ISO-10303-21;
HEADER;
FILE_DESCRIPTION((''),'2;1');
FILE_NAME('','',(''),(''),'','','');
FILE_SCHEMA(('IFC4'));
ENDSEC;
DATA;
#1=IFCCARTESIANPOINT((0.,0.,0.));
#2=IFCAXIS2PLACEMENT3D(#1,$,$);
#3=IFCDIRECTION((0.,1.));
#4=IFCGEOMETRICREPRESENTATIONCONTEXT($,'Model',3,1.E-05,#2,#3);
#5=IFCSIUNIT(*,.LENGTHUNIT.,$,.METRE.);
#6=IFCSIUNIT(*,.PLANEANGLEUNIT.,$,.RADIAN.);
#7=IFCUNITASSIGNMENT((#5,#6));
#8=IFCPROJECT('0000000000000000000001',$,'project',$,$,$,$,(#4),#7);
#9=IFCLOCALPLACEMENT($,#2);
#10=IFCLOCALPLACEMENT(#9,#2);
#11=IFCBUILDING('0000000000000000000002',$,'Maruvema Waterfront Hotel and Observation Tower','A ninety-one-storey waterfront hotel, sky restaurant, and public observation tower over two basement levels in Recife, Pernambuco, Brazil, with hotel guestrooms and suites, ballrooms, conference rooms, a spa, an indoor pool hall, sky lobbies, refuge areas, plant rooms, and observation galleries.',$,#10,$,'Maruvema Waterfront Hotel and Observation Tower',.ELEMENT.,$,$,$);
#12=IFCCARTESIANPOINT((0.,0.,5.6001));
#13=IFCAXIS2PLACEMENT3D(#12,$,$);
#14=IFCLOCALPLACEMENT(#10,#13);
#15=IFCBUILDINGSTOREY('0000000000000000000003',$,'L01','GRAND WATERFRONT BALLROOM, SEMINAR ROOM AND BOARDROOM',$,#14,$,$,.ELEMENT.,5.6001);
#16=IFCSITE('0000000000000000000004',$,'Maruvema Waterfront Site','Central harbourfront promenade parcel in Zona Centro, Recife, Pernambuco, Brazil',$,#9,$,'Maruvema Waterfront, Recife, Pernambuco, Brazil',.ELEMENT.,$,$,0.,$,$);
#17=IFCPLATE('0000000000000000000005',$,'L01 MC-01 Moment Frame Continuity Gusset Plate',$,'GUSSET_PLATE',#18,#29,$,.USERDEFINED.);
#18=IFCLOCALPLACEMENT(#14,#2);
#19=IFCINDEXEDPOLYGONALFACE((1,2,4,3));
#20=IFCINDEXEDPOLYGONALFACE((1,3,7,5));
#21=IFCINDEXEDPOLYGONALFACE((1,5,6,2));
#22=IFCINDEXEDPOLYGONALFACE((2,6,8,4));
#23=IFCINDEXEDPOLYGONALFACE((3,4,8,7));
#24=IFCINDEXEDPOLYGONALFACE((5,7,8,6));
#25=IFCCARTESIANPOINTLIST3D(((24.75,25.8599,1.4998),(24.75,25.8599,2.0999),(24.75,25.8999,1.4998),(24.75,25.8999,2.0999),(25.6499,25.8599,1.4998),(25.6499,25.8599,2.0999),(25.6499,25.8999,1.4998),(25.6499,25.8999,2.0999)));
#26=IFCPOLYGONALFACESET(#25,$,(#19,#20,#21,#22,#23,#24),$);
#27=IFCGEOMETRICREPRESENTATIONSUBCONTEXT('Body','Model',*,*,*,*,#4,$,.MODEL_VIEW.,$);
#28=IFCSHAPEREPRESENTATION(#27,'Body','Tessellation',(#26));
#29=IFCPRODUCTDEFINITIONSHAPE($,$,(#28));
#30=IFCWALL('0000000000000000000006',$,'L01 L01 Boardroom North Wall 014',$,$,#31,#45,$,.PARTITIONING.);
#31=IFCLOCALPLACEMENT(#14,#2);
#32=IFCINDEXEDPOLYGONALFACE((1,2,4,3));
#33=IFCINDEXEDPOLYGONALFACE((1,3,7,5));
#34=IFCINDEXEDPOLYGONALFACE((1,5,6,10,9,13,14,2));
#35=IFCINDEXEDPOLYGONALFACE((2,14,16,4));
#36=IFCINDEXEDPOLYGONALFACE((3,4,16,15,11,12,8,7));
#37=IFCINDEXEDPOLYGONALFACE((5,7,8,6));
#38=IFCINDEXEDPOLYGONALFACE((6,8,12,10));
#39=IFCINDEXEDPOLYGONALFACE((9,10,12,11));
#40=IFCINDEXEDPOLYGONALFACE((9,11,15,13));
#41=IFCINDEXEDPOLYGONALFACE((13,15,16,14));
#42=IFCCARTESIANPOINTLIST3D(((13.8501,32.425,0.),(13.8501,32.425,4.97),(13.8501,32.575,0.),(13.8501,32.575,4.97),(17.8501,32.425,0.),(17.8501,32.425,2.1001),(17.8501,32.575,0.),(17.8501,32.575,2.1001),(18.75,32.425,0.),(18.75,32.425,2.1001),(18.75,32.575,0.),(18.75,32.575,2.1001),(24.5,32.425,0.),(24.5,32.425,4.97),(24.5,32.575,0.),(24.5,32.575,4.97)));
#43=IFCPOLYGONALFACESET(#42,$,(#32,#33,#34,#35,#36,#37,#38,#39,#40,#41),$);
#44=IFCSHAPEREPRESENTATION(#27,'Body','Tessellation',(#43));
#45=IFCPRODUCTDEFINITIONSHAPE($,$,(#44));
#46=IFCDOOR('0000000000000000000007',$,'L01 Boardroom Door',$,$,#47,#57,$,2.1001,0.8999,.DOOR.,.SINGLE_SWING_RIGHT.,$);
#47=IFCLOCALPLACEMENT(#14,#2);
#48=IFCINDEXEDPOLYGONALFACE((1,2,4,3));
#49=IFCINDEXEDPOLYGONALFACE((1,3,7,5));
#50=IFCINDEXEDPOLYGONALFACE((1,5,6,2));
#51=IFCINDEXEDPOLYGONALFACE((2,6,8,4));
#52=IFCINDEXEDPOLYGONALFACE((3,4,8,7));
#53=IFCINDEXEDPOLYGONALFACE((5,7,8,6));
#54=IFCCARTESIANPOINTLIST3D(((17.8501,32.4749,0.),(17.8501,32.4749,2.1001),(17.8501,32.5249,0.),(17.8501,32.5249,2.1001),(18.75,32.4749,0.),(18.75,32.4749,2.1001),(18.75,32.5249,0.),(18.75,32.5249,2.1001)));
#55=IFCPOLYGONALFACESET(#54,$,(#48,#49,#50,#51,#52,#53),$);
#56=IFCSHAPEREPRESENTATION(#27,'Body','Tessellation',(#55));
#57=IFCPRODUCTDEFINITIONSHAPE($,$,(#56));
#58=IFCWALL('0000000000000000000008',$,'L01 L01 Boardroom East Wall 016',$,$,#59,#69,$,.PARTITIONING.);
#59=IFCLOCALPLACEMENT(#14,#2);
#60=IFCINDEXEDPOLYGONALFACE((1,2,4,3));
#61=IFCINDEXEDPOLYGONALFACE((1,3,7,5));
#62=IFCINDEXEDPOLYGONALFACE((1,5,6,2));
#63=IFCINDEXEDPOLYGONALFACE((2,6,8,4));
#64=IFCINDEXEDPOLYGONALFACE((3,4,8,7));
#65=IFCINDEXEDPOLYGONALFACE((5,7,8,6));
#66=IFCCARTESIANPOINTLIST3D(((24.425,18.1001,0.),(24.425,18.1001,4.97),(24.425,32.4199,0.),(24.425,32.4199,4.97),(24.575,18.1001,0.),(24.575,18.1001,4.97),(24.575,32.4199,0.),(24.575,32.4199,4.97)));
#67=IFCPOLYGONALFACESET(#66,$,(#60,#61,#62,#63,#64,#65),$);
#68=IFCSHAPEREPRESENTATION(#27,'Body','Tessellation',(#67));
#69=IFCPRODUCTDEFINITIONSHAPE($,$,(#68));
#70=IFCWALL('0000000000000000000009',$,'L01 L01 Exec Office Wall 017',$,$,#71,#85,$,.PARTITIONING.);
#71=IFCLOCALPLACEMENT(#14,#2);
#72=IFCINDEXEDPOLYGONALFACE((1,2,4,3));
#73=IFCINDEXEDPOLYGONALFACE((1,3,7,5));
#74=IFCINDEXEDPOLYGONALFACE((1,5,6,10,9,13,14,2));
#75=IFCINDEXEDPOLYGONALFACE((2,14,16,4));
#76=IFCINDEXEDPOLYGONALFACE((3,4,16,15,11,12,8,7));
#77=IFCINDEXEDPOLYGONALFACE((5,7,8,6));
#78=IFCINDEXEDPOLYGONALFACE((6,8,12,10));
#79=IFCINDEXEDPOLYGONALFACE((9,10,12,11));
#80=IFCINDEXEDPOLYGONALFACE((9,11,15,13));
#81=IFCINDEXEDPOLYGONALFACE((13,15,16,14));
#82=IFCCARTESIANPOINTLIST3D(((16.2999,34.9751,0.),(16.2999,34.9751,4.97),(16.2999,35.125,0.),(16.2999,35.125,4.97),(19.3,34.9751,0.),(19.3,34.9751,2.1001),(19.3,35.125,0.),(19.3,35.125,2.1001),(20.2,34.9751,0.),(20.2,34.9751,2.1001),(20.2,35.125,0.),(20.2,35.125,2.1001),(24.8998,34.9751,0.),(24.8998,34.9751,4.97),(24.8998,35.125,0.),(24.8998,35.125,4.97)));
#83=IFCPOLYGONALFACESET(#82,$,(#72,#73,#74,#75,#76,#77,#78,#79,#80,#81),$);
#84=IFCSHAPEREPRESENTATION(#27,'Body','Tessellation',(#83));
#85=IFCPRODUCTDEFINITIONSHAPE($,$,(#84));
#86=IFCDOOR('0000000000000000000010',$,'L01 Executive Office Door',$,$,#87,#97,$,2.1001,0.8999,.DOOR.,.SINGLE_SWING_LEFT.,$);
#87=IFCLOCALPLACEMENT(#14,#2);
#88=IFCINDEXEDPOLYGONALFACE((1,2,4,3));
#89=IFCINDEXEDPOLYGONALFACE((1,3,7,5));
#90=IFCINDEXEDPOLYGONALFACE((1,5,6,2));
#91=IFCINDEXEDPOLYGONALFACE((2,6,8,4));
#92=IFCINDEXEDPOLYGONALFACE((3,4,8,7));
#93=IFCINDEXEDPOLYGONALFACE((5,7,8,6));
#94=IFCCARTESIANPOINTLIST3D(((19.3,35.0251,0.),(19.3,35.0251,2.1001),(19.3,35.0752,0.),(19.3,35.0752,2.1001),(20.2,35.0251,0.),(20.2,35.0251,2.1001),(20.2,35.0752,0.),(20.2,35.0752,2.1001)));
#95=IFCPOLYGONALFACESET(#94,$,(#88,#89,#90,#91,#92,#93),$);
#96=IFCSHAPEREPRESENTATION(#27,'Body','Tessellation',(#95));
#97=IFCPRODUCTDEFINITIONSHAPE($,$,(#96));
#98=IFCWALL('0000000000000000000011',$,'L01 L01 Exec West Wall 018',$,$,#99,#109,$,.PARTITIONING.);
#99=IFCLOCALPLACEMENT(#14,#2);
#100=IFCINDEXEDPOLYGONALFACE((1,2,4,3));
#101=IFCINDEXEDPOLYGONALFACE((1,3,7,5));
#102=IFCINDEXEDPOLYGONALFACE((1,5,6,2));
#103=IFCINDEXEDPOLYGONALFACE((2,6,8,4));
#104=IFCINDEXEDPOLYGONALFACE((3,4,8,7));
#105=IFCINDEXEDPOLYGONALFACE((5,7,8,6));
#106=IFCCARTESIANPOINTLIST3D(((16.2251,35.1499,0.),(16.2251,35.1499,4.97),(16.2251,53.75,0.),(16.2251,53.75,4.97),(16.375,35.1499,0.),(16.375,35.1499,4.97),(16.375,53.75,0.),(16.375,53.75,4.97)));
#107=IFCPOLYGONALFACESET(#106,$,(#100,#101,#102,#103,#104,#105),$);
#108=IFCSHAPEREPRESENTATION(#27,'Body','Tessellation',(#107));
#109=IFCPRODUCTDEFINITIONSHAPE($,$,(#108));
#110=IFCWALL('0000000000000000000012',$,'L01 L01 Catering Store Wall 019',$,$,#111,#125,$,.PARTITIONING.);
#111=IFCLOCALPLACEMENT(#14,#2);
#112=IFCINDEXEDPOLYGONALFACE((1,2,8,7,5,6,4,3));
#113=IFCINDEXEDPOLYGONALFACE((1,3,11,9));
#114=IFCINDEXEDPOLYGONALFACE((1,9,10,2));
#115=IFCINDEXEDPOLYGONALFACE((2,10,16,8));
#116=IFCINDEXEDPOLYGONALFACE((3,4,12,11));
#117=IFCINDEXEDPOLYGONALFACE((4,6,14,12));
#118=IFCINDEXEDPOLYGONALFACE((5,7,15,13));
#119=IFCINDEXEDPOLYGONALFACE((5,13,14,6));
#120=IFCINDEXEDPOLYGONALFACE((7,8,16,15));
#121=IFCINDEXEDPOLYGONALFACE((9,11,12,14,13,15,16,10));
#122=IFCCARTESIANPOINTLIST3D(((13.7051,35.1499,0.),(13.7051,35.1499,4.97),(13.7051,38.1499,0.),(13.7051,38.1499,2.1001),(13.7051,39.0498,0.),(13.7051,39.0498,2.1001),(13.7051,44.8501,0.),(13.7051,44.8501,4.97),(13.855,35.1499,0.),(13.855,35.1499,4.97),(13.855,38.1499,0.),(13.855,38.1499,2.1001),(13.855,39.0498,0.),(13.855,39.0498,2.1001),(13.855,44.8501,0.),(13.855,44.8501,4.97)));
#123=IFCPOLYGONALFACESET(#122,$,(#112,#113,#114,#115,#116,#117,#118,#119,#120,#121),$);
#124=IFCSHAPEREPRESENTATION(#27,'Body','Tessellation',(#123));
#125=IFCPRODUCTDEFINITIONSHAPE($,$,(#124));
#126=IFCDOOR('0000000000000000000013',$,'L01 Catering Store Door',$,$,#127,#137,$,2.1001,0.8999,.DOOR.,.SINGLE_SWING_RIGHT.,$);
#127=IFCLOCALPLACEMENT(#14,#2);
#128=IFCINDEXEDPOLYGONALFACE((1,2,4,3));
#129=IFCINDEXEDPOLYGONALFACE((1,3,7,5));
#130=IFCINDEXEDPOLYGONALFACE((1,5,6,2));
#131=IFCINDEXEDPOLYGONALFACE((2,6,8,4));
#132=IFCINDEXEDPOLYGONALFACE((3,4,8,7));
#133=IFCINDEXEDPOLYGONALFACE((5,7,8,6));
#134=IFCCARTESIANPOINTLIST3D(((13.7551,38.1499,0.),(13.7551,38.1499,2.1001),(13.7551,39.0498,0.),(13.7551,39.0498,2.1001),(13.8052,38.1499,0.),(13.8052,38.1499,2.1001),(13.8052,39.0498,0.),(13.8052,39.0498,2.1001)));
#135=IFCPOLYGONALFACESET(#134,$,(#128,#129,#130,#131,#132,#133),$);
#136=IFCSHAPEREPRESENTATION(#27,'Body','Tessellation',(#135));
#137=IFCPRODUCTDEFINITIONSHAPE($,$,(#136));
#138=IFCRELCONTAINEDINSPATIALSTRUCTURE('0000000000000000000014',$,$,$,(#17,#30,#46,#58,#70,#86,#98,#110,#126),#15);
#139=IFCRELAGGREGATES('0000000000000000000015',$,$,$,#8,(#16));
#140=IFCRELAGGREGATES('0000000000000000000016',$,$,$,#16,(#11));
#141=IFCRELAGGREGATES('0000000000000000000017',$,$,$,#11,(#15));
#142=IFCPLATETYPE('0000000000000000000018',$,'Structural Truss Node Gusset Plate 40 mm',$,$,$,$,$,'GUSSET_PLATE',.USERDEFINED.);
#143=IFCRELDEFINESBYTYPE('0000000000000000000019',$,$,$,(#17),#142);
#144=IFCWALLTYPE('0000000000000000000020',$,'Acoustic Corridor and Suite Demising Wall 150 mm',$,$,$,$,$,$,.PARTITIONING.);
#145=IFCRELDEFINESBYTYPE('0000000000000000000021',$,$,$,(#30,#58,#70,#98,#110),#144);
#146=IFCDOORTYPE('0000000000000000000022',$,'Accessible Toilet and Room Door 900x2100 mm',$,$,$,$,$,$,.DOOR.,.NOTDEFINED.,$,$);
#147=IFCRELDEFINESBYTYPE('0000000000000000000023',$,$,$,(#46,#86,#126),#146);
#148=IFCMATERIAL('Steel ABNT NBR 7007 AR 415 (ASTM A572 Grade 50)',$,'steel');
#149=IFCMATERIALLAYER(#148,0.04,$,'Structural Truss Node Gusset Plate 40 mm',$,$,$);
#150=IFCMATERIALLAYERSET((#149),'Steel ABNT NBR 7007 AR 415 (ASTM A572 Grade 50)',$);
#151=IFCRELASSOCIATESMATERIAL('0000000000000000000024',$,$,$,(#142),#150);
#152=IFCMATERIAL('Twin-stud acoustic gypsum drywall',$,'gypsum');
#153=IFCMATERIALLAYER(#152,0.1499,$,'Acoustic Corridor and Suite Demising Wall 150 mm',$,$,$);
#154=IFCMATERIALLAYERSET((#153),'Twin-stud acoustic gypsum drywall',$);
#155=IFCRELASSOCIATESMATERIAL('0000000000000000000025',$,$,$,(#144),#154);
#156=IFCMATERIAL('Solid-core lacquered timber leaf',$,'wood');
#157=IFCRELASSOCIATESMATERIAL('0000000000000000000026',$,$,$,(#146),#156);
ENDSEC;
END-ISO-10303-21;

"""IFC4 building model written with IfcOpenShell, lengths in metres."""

from ifc_helpers import new_model, si_unit, direction, frame, frame_2d, origin, origin_2d, place, context, subcontext, project, spatial, rectangle, extrude, material, layer, layer_set, type_object, element, fill, save


model = new_model("IFC4")

# Units and contexts
model_context = context("Model", 3, precision=1e-05, world=origin(), true_north=direction((0.0, 1.0)))
body_context = subcontext(model_context, "Body", "Model", "MODEL_VIEW")
ifc_project = project(units=[si_unit("LENGTHUNIT", "METRE"), si_unit("PLANEANGLEUNIT", "RADIAN")], contexts=[model_context])

# Site, building, storey
site_placement = place(None, origin())
site = spatial("IfcSite", under=ifc_project, at=site_placement, Name="Maruvema Waterfront Site", Description="Central harbourfront promenade parcel in Zona Centro, Recife, Pernambuco, Brazil", LongName="Maruvema Waterfront, Recife, Pernambuco, Brazil", CompositionType="ELEMENT", RefElevation=0.0)
building_placement = place(site_placement, origin())
building = spatial("IfcBuilding", under=site, at=building_placement, Name="Maruvema Waterfront Hotel and Observation Tower", Description="A ninety-one-storey waterfront hotel, sky restaurant, and public observation tower over two basement levels in Recife, Pernambuco, Brazil, with hotel guestrooms and suites, ballrooms, conference rooms, a spa, an indoor pool hall, sky lobbies, refuge areas, plant rooms, and observation galleries.", LongName="Maruvema Waterfront Hotel and Observation Tower", CompositionType="ELEMENT")
storey_placement = place(building_placement, frame((0.0, 0.0, 5.6001)))
storey = spatial("IfcBuildingStorey", under=building, at=storey_placement, Name="L01", Description="GRAND WATERFRONT BALLROOM, SEMINAR ROOM AND BOARDROOM", CompositionType="ELEMENT", Elevation=5.6001)

# Plate
ifc_material_1 = material(Name="Steel ABNT NBR 7007 AR 415 (ASTM A572 Grade 50)", Category="steel")
ifc_layer_1 = layer(ifc_material_1, 0.04, Name="Structural Truss Node Gusset Plate 40 mm")
ifc_layer_set_1 = layer_set([ifc_layer_1], Name="Steel ABNT NBR 7007 AR 415 (ASTM A572 Grade 50)")
plate_type = type_object("IfcPlateType", Name="Structural Truss Node Gusset Plate 40 mm", ElementType="GUSSET_PLATE", PredefinedType="USERDEFINED", material=ifc_layer_set_1)
plate_placement = place(storey_placement, frame((25.2, 25.8799, 1.4998), z_axis=(0.0, 0.0, 1.0), x_axis=(1.0, 0.0, 0.0)))
element("IfcPlate", 1, at=plate_placement, inside=storey, type_object=plate_type, Name="L01 MC-01 Moment Frame Continuity Gusset Plate", ObjectType="GUSSET_PLATE", PredefinedType="USERDEFINED", context=body_context, shape_type="SweptSolid", body=[
    extrude(rectangle(XDim=0.8999, YDim=0.04, at=origin_2d()), origin(), (0.0, 0.0, 1.0), 0.6001),
])

# Wall, opening, door
ifc_material_2 = material(Name="Twin-stud acoustic gypsum drywall", Category="gypsum")
ifc_layer_2 = layer(ifc_material_2, 0.1499, Name="Acoustic Corridor and Suite Demising Wall 150 mm")
ifc_layer_set_2 = layer_set([ifc_layer_2], Name="Twin-stud acoustic gypsum drywall")
wall_type_1 = type_object("IfcWallType", Name="Acoustic Corridor and Suite Demising Wall 150 mm", PredefinedType="PARTITIONING", material=ifc_layer_set_2)
wall_1_placement = place(storey_placement, frame((13.8501, 32.5, 0.0), z_axis=(0.0, 0.0, 1.0), x_axis=(1.0, 0.0, 0.0)))
wall_1 = element("IfcWall", 2, at=wall_1_placement, inside=storey, type_object=wall_type_1, Name="L01 L01 Boardroom North Wall 014", PredefinedType="PARTITIONING", context=body_context, shape_type="SweptSolid", body=[
    extrude(rectangle(XDim=10.6499, YDim=0.1499, at=frame_2d((5.325, 0.0))), origin(), (0.0, 0.0, 1.0), 4.97),
])
opening_1_placement = place(wall_1_placement, frame((4.0, 0.0, 0.0)))
opening_1 = element("IfcOpeningElement", 3, at=opening_1_placement, cuts=wall_1, PredefinedType="OPENING", context=body_context, shape_type="SweptSolid", body=[
    extrude(rectangle(XDim=0.8999, YDim=2.1001, at=frame_2d((0.45, 1.05))), frame((0.0, 0.085, 0.0), z_axis=(0.0, -1.0, 0.0), x_axis=(1.0, 0.0, 0.0)), (0.0, 0.0, 1.0), 0.1699),
])
ifc_material_3 = material(Name="Solid-core lacquered timber leaf", Category="wood")
door_type_1 = type_object("IfcDoorType", Name="Accessible Toilet and Room Door 900x2100 mm", OperationType="NOTDEFINED", PredefinedType="DOOR", material=ifc_material_3)
door_1_placement = place(opening_1_placement, origin())
door_1 = element("IfcDoor", 4, at=door_1_placement, inside=storey, type_object=door_type_1, Name="L01 Boardroom Door", OperationType="SINGLE_SWING_RIGHT", OverallHeight=2.1001, OverallWidth=0.8999, PredefinedType="DOOR", context=body_context, shape_type="SweptSolid", body=[
    extrude(rectangle(XDim=0.8999, YDim=2.1001, at=frame_2d((0.45, 1.05))), frame((0.0, 0.0249, 0.0), z_axis=(0.0, -1.0, 0.0), x_axis=(1.0, 0.0, 0.0)), (0.0, 0.0, 1.0), 0.05),
])
fill(opening_1, door_1)

# Wall
wall_2_placement = place(storey_placement, frame((24.5, 18.1001, 0.0), z_axis=(0.0, 0.0, 1.0), x_axis=(0.0, 1.0, 0.0)))
element("IfcWall", 5, at=wall_2_placement, inside=storey, type_object=wall_type_1, Name="L01 L01 Boardroom East Wall 016", PredefinedType="PARTITIONING", context=body_context, shape_type="SweptSolid", body=[
    extrude(rectangle(XDim=14.3198, YDim=0.1499, at=frame_2d((7.1599, 0.0))), origin(), (0.0, 0.0, 1.0), 4.97),
])

# Wall, opening, door
wall_3_placement = place(storey_placement, frame((16.3, 35.05, 0.0), z_axis=(0.0, 0.0, 1.0), x_axis=(1.0, 0.0, 0.0)))
wall_3 = element("IfcWall", 6, at=wall_3_placement, inside=storey, type_object=wall_type_1, Name="L01 L01 Exec Office Wall 017", PredefinedType="PARTITIONING", context=body_context, shape_type="SweptSolid", body=[
    extrude(rectangle(XDim=8.5999, YDim=0.1499, at=frame_2d((4.2998, 0.0))), origin(), (0.0, 0.0, 1.0), 4.97),
])
opening_2_placement = place(wall_3_placement, frame((3.0, 0.0, 0.0)))
opening_2 = element("IfcOpeningElement", 7, at=opening_2_placement, cuts=wall_3, PredefinedType="OPENING", context=body_context, shape_type="SweptSolid", body=[
    extrude(rectangle(XDim=0.8999, YDim=2.1001, at=frame_2d((0.45, 1.05))), frame((0.0, 0.085, 0.0), z_axis=(0.0, -1.0, 0.0), x_axis=(1.0, 0.0, 0.0)), (0.0, 0.0, 1.0), 0.1699),
])
door_2_placement = place(opening_2_placement, frame((0.8999, 0.0, 0.0), z_axis=(0.0, 0.0, 1.0), x_axis=(-1.0, 0.0, 0.0)))
door_2 = element("IfcDoor", 8, at=door_2_placement, inside=storey, type_object=door_type_1, Name="L01 Executive Office Door", OperationType="SINGLE_SWING_LEFT", OverallHeight=2.1001, OverallWidth=0.8999, PredefinedType="DOOR", context=body_context, shape_type="SweptSolid", body=[
    extrude(rectangle(XDim=0.8999, YDim=2.1001, at=frame_2d((0.45, 1.05))), frame((0.0, 0.0249, 0.0), z_axis=(0.0, -1.0, 0.0), x_axis=(1.0, 0.0, 0.0)), (0.0, 0.0, 1.0), 0.05),
])
fill(opening_2, door_2)

# Wall
wall_4_placement = place(storey_placement, frame((16.3, 35.1499, 0.0), z_axis=(0.0, 0.0, 1.0), x_axis=(0.0, 1.0, 0.0)))
element("IfcWall", 9, at=wall_4_placement, inside=storey, type_object=wall_type_1, Name="L01 L01 Exec West Wall 018", PredefinedType="PARTITIONING", context=body_context, shape_type="SweptSolid", body=[
    extrude(rectangle(XDim=18.6001, YDim=0.1499, at=frame_2d((9.3, 0.0))), origin(), (0.0, 0.0, 1.0), 4.97),
])

# Wall, opening, door
wall_5_placement = place(storey_placement, frame((13.78, 35.1499, 0.0), z_axis=(0.0, 0.0, 1.0), x_axis=(0.0, 1.0, 0.0)))
wall_5 = element("IfcWall", 10, at=wall_5_placement, inside=storey, type_object=wall_type_1, Name="L01 L01 Catering Store Wall 019", PredefinedType="PARTITIONING", context=body_context, shape_type="SweptSolid", body=[
    extrude(rectangle(XDim=9.7002, YDim=0.1499, at=frame_2d((4.8501, 0.0))), origin(), (0.0, 0.0, 1.0), 4.97),
])
opening_3_placement = place(wall_5_placement, frame((3.0, 0.0, 0.0)))
opening_3 = element("IfcOpeningElement", 11, at=opening_3_placement, cuts=wall_5, PredefinedType="OPENING", context=body_context, shape_type="SweptSolid", body=[
    extrude(rectangle(XDim=0.8999, YDim=2.1001, at=frame_2d((0.45, 1.05))), frame((0.0, 0.085, 0.0), z_axis=(0.0, -1.0, 0.0), x_axis=(1.0, 0.0, 0.0)), (0.0, 0.0, 1.0), 0.1699),
])
door_3_placement = place(opening_3_placement, origin())
door_3 = element("IfcDoor", 12, at=door_3_placement, inside=storey, type_object=door_type_1, Name="L01 Catering Store Door", OperationType="SINGLE_SWING_RIGHT", OverallHeight=2.1001, OverallWidth=0.8999, PredefinedType="DOOR", context=body_context, shape_type="SweptSolid", body=[
    extrude(rectangle(XDim=0.8999, YDim=2.1001, at=frame_2d((0.45, 1.05))), frame((0.0, 0.0249, 0.0), z_axis=(0.0, -1.0, 0.0), x_axis=(1.0, 0.0, 0.0)), (0.0, 0.0, 1.0), 0.05),
])
fill(opening_3, door_3)

save(model, "model.ifc")
